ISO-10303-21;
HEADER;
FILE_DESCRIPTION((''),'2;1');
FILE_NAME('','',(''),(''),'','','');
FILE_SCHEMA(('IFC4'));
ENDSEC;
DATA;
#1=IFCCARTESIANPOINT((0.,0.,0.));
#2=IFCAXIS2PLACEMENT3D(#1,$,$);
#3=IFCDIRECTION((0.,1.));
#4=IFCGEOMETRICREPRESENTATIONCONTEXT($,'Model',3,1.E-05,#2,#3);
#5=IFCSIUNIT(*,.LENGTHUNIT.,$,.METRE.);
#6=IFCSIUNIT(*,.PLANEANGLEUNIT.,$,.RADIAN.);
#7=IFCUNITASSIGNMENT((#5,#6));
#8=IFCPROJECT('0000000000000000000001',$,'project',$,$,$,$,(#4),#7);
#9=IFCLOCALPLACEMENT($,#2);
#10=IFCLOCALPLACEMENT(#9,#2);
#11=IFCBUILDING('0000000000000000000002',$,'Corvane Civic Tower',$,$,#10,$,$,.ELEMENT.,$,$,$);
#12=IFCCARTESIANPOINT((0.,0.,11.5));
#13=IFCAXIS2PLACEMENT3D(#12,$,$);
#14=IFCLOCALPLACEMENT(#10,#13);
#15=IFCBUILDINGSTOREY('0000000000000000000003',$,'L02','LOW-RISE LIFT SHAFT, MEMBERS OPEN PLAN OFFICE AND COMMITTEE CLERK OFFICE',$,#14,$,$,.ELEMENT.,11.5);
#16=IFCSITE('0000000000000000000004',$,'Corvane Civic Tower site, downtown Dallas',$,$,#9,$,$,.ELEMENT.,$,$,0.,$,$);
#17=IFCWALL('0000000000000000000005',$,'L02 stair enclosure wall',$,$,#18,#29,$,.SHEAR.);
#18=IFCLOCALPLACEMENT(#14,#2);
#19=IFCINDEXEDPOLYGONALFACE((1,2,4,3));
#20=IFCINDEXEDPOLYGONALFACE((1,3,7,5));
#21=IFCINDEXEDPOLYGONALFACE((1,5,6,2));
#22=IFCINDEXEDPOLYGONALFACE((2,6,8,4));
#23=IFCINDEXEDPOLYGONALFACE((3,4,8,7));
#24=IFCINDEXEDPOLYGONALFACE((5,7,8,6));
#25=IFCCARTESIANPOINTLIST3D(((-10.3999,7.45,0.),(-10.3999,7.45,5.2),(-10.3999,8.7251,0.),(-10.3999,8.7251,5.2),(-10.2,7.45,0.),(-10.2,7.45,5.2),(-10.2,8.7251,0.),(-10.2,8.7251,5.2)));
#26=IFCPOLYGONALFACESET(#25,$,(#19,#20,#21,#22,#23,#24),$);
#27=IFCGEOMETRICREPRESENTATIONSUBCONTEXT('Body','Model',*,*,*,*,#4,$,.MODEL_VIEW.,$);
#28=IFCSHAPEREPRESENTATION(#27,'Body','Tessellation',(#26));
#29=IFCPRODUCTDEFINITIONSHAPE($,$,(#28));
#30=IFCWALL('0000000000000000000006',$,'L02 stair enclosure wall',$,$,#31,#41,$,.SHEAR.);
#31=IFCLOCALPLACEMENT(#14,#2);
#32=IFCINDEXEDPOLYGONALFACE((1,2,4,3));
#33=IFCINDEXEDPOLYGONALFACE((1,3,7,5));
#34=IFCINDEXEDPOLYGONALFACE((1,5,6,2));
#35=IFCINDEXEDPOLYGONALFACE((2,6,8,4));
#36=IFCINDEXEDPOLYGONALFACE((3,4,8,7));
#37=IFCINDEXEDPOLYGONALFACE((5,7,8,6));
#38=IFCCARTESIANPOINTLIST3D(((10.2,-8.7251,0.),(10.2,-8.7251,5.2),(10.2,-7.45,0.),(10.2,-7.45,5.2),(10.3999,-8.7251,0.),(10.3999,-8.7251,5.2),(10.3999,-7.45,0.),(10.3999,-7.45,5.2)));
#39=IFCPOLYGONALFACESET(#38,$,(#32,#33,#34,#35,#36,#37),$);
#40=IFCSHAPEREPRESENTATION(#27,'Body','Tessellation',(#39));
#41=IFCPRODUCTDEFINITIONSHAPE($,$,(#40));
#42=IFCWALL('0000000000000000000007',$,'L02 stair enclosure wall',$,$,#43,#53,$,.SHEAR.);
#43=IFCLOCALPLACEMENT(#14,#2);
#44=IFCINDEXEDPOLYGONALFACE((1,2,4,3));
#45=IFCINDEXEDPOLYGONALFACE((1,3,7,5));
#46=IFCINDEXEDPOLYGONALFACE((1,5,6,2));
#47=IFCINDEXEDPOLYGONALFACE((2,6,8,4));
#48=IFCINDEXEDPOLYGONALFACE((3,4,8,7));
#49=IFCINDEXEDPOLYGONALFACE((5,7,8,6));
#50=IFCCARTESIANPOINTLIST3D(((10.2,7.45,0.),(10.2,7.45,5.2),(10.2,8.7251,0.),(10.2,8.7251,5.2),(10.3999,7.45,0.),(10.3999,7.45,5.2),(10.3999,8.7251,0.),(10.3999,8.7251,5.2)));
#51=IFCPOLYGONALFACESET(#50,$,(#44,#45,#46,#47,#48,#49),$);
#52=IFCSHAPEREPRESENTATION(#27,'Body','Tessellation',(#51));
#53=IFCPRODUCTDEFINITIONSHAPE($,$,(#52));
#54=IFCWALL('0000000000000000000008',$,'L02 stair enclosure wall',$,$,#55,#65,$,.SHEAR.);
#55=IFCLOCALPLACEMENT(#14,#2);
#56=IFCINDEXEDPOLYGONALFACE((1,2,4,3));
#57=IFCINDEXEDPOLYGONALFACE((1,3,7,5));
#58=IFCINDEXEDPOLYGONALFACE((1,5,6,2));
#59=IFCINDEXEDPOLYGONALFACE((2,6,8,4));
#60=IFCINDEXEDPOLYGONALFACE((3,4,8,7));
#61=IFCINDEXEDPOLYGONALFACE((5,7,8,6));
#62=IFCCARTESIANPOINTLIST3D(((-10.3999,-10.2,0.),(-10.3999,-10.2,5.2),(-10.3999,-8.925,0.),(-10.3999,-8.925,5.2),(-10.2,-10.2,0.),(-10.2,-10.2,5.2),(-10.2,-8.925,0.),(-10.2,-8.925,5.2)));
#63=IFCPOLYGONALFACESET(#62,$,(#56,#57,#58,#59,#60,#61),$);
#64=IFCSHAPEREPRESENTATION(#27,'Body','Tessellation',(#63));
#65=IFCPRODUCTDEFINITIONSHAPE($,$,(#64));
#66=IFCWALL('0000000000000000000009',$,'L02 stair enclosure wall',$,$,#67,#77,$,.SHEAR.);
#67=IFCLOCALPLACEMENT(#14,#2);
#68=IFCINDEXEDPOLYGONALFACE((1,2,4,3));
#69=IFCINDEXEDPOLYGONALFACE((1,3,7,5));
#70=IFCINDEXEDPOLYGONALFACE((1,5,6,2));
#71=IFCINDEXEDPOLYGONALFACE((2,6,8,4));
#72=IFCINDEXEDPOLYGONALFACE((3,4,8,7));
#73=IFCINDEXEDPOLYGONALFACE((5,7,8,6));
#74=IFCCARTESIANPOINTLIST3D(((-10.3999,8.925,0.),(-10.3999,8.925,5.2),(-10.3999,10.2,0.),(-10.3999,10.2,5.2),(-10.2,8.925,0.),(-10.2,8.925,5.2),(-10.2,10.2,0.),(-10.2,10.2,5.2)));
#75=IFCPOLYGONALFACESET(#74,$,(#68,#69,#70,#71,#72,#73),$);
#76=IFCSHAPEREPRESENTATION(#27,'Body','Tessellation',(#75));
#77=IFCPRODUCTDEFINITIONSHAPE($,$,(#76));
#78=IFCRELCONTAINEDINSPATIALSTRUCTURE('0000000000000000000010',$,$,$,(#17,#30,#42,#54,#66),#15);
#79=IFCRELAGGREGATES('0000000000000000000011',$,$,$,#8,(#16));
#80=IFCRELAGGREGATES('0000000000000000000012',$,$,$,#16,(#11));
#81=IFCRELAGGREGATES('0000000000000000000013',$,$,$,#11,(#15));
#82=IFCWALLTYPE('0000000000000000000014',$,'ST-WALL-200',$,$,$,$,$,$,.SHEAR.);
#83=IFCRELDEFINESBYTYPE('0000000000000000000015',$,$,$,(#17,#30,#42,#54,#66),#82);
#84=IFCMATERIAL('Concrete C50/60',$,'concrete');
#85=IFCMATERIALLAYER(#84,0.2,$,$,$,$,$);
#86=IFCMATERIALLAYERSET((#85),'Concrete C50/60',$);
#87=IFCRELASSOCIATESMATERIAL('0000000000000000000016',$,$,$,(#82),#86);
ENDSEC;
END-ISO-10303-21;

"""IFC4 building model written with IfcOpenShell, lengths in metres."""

from ifc_helpers import new_model, si_unit, direction, frame, origin, place, context, subcontext, project, spatial, polyline, outline, extrude, material, layer, layer_set, type_object, element, save


model = new_model("IFC4")

# Units and contexts
model_context = context("Model", 3, precision=1e-05, world=origin(), true_north=direction((0.0, 1.0)))
body_context = subcontext(model_context, "Body", "Model", "MODEL_VIEW")
ifc_project = project(units=[si_unit("LENGTHUNIT", "METRE"), si_unit("PLANEANGLEUNIT", "RADIAN")], contexts=[model_context])

# Site, building, storey
site_placement = place(None, origin())
site = spatial("IfcSite", under=ifc_project, at=site_placement, Name="Corvane Civic Tower site, downtown Dallas", CompositionType="ELEMENT", RefElevation=0.0)
building_placement = place(site_placement, origin())
building = spatial("IfcBuilding", under=site, at=building_placement, Name="Corvane Civic Tower", CompositionType="ELEMENT")
storey_placement = place(building_placement, frame((0.0, 0.0, 11.5)))
storey = spatial("IfcBuildingStorey", under=building, at=storey_placement, Name="L02", Description="LOW-RISE LIFT SHAFT, MEMBERS OPEN PLAN OFFICE AND COMMITTEE CLERK OFFICE", CompositionType="ELEMENT", Elevation=11.5)

# Walls
ifc_material_1 = material(Name="Concrete C50/60", Category="concrete")
ifc_layer_1 = layer(ifc_material_1, 0.2)
ifc_layer_set_1 = layer_set([ifc_layer_1], Name="Concrete C50/60")
wall_type_1 = type_object("IfcWallType", Name="ST-WALL-200", PredefinedType="SHEAR", material=ifc_layer_set_1)
wall_1_placement = place(storey_placement, origin())
element("IfcWall", 1, at=wall_1_placement, inside=storey, type_object=wall_type_1, Name="L02 stair enclosure wall", PredefinedType="SHEAR", context=body_context, shape_type="SweptSolid", body=[
    extrude(outline(polyline([(-10.2, 8.7251), (-10.2, 7.45), (-10.3999, 7.45), (-10.3999, 8.7251), (-10.2, 8.7251)])), origin(), (0.0, 0.0, 1.0), 5.2),
])
wall_2_placement = place(storey_placement, origin())
element("IfcWall", 2, at=wall_2_placement, inside=storey, type_object=wall_type_1, Name="L02 stair enclosure wall", PredefinedType="SHEAR", context=body_context, shape_type="SweptSolid", body=[
    extrude(outline(polyline([(10.3999, -7.45), (10.3999, -8.7251), (10.2, -8.7251), (10.2, -7.45), (10.3999, -7.45)])), origin(), (0.0, 0.0, 1.0), 5.2),
])
wall_3_placement = place(storey_placement, origin())
element("IfcWall", 3, at=wall_3_placement, inside=storey, type_object=wall_type_1, Name="L02 stair enclosure wall", PredefinedType="SHEAR", context=body_context, shape_type="SweptSolid", body=[
    extrude(outline(polyline([(10.3999, 8.7251), (10.3999, 7.45), (10.2, 7.45), (10.2, 8.7251), (10.3999, 8.7251)])), origin(), (0.0, 0.0, 1.0), 5.2),
])
wall_4_placement = place(storey_placement, origin())
element("IfcWall", 4, at=wall_4_placement, inside=storey, type_object=wall_type_1, Name="L02 stair enclosure wall", PredefinedType="SHEAR", context=body_context, shape_type="SweptSolid", body=[
    extrude(outline(polyline([(-10.2, -8.925), (-10.2, -10.2), (-10.3999, -10.2), (-10.3999, -8.925), (-10.2, -8.925)])), origin(), (0.0, 0.0, 1.0), 5.2),
])
wall_5_placement = place(storey_placement, origin())
element("IfcWall", 5, at=wall_5_placement, inside=storey, type_object=wall_type_1, Name="L02 stair enclosure wall", PredefinedType="SHEAR", context=body_context, shape_type="SweptSolid", body=[
    extrude(outline(polyline([(-10.2, 8.925), (-10.3999, 8.925), (-10.3999, 10.2), (-10.2, 10.2), (-10.2, 8.925)])), origin(), (0.0, 0.0, 1.0), 5.2),
])

save(model, "model.ifc")
